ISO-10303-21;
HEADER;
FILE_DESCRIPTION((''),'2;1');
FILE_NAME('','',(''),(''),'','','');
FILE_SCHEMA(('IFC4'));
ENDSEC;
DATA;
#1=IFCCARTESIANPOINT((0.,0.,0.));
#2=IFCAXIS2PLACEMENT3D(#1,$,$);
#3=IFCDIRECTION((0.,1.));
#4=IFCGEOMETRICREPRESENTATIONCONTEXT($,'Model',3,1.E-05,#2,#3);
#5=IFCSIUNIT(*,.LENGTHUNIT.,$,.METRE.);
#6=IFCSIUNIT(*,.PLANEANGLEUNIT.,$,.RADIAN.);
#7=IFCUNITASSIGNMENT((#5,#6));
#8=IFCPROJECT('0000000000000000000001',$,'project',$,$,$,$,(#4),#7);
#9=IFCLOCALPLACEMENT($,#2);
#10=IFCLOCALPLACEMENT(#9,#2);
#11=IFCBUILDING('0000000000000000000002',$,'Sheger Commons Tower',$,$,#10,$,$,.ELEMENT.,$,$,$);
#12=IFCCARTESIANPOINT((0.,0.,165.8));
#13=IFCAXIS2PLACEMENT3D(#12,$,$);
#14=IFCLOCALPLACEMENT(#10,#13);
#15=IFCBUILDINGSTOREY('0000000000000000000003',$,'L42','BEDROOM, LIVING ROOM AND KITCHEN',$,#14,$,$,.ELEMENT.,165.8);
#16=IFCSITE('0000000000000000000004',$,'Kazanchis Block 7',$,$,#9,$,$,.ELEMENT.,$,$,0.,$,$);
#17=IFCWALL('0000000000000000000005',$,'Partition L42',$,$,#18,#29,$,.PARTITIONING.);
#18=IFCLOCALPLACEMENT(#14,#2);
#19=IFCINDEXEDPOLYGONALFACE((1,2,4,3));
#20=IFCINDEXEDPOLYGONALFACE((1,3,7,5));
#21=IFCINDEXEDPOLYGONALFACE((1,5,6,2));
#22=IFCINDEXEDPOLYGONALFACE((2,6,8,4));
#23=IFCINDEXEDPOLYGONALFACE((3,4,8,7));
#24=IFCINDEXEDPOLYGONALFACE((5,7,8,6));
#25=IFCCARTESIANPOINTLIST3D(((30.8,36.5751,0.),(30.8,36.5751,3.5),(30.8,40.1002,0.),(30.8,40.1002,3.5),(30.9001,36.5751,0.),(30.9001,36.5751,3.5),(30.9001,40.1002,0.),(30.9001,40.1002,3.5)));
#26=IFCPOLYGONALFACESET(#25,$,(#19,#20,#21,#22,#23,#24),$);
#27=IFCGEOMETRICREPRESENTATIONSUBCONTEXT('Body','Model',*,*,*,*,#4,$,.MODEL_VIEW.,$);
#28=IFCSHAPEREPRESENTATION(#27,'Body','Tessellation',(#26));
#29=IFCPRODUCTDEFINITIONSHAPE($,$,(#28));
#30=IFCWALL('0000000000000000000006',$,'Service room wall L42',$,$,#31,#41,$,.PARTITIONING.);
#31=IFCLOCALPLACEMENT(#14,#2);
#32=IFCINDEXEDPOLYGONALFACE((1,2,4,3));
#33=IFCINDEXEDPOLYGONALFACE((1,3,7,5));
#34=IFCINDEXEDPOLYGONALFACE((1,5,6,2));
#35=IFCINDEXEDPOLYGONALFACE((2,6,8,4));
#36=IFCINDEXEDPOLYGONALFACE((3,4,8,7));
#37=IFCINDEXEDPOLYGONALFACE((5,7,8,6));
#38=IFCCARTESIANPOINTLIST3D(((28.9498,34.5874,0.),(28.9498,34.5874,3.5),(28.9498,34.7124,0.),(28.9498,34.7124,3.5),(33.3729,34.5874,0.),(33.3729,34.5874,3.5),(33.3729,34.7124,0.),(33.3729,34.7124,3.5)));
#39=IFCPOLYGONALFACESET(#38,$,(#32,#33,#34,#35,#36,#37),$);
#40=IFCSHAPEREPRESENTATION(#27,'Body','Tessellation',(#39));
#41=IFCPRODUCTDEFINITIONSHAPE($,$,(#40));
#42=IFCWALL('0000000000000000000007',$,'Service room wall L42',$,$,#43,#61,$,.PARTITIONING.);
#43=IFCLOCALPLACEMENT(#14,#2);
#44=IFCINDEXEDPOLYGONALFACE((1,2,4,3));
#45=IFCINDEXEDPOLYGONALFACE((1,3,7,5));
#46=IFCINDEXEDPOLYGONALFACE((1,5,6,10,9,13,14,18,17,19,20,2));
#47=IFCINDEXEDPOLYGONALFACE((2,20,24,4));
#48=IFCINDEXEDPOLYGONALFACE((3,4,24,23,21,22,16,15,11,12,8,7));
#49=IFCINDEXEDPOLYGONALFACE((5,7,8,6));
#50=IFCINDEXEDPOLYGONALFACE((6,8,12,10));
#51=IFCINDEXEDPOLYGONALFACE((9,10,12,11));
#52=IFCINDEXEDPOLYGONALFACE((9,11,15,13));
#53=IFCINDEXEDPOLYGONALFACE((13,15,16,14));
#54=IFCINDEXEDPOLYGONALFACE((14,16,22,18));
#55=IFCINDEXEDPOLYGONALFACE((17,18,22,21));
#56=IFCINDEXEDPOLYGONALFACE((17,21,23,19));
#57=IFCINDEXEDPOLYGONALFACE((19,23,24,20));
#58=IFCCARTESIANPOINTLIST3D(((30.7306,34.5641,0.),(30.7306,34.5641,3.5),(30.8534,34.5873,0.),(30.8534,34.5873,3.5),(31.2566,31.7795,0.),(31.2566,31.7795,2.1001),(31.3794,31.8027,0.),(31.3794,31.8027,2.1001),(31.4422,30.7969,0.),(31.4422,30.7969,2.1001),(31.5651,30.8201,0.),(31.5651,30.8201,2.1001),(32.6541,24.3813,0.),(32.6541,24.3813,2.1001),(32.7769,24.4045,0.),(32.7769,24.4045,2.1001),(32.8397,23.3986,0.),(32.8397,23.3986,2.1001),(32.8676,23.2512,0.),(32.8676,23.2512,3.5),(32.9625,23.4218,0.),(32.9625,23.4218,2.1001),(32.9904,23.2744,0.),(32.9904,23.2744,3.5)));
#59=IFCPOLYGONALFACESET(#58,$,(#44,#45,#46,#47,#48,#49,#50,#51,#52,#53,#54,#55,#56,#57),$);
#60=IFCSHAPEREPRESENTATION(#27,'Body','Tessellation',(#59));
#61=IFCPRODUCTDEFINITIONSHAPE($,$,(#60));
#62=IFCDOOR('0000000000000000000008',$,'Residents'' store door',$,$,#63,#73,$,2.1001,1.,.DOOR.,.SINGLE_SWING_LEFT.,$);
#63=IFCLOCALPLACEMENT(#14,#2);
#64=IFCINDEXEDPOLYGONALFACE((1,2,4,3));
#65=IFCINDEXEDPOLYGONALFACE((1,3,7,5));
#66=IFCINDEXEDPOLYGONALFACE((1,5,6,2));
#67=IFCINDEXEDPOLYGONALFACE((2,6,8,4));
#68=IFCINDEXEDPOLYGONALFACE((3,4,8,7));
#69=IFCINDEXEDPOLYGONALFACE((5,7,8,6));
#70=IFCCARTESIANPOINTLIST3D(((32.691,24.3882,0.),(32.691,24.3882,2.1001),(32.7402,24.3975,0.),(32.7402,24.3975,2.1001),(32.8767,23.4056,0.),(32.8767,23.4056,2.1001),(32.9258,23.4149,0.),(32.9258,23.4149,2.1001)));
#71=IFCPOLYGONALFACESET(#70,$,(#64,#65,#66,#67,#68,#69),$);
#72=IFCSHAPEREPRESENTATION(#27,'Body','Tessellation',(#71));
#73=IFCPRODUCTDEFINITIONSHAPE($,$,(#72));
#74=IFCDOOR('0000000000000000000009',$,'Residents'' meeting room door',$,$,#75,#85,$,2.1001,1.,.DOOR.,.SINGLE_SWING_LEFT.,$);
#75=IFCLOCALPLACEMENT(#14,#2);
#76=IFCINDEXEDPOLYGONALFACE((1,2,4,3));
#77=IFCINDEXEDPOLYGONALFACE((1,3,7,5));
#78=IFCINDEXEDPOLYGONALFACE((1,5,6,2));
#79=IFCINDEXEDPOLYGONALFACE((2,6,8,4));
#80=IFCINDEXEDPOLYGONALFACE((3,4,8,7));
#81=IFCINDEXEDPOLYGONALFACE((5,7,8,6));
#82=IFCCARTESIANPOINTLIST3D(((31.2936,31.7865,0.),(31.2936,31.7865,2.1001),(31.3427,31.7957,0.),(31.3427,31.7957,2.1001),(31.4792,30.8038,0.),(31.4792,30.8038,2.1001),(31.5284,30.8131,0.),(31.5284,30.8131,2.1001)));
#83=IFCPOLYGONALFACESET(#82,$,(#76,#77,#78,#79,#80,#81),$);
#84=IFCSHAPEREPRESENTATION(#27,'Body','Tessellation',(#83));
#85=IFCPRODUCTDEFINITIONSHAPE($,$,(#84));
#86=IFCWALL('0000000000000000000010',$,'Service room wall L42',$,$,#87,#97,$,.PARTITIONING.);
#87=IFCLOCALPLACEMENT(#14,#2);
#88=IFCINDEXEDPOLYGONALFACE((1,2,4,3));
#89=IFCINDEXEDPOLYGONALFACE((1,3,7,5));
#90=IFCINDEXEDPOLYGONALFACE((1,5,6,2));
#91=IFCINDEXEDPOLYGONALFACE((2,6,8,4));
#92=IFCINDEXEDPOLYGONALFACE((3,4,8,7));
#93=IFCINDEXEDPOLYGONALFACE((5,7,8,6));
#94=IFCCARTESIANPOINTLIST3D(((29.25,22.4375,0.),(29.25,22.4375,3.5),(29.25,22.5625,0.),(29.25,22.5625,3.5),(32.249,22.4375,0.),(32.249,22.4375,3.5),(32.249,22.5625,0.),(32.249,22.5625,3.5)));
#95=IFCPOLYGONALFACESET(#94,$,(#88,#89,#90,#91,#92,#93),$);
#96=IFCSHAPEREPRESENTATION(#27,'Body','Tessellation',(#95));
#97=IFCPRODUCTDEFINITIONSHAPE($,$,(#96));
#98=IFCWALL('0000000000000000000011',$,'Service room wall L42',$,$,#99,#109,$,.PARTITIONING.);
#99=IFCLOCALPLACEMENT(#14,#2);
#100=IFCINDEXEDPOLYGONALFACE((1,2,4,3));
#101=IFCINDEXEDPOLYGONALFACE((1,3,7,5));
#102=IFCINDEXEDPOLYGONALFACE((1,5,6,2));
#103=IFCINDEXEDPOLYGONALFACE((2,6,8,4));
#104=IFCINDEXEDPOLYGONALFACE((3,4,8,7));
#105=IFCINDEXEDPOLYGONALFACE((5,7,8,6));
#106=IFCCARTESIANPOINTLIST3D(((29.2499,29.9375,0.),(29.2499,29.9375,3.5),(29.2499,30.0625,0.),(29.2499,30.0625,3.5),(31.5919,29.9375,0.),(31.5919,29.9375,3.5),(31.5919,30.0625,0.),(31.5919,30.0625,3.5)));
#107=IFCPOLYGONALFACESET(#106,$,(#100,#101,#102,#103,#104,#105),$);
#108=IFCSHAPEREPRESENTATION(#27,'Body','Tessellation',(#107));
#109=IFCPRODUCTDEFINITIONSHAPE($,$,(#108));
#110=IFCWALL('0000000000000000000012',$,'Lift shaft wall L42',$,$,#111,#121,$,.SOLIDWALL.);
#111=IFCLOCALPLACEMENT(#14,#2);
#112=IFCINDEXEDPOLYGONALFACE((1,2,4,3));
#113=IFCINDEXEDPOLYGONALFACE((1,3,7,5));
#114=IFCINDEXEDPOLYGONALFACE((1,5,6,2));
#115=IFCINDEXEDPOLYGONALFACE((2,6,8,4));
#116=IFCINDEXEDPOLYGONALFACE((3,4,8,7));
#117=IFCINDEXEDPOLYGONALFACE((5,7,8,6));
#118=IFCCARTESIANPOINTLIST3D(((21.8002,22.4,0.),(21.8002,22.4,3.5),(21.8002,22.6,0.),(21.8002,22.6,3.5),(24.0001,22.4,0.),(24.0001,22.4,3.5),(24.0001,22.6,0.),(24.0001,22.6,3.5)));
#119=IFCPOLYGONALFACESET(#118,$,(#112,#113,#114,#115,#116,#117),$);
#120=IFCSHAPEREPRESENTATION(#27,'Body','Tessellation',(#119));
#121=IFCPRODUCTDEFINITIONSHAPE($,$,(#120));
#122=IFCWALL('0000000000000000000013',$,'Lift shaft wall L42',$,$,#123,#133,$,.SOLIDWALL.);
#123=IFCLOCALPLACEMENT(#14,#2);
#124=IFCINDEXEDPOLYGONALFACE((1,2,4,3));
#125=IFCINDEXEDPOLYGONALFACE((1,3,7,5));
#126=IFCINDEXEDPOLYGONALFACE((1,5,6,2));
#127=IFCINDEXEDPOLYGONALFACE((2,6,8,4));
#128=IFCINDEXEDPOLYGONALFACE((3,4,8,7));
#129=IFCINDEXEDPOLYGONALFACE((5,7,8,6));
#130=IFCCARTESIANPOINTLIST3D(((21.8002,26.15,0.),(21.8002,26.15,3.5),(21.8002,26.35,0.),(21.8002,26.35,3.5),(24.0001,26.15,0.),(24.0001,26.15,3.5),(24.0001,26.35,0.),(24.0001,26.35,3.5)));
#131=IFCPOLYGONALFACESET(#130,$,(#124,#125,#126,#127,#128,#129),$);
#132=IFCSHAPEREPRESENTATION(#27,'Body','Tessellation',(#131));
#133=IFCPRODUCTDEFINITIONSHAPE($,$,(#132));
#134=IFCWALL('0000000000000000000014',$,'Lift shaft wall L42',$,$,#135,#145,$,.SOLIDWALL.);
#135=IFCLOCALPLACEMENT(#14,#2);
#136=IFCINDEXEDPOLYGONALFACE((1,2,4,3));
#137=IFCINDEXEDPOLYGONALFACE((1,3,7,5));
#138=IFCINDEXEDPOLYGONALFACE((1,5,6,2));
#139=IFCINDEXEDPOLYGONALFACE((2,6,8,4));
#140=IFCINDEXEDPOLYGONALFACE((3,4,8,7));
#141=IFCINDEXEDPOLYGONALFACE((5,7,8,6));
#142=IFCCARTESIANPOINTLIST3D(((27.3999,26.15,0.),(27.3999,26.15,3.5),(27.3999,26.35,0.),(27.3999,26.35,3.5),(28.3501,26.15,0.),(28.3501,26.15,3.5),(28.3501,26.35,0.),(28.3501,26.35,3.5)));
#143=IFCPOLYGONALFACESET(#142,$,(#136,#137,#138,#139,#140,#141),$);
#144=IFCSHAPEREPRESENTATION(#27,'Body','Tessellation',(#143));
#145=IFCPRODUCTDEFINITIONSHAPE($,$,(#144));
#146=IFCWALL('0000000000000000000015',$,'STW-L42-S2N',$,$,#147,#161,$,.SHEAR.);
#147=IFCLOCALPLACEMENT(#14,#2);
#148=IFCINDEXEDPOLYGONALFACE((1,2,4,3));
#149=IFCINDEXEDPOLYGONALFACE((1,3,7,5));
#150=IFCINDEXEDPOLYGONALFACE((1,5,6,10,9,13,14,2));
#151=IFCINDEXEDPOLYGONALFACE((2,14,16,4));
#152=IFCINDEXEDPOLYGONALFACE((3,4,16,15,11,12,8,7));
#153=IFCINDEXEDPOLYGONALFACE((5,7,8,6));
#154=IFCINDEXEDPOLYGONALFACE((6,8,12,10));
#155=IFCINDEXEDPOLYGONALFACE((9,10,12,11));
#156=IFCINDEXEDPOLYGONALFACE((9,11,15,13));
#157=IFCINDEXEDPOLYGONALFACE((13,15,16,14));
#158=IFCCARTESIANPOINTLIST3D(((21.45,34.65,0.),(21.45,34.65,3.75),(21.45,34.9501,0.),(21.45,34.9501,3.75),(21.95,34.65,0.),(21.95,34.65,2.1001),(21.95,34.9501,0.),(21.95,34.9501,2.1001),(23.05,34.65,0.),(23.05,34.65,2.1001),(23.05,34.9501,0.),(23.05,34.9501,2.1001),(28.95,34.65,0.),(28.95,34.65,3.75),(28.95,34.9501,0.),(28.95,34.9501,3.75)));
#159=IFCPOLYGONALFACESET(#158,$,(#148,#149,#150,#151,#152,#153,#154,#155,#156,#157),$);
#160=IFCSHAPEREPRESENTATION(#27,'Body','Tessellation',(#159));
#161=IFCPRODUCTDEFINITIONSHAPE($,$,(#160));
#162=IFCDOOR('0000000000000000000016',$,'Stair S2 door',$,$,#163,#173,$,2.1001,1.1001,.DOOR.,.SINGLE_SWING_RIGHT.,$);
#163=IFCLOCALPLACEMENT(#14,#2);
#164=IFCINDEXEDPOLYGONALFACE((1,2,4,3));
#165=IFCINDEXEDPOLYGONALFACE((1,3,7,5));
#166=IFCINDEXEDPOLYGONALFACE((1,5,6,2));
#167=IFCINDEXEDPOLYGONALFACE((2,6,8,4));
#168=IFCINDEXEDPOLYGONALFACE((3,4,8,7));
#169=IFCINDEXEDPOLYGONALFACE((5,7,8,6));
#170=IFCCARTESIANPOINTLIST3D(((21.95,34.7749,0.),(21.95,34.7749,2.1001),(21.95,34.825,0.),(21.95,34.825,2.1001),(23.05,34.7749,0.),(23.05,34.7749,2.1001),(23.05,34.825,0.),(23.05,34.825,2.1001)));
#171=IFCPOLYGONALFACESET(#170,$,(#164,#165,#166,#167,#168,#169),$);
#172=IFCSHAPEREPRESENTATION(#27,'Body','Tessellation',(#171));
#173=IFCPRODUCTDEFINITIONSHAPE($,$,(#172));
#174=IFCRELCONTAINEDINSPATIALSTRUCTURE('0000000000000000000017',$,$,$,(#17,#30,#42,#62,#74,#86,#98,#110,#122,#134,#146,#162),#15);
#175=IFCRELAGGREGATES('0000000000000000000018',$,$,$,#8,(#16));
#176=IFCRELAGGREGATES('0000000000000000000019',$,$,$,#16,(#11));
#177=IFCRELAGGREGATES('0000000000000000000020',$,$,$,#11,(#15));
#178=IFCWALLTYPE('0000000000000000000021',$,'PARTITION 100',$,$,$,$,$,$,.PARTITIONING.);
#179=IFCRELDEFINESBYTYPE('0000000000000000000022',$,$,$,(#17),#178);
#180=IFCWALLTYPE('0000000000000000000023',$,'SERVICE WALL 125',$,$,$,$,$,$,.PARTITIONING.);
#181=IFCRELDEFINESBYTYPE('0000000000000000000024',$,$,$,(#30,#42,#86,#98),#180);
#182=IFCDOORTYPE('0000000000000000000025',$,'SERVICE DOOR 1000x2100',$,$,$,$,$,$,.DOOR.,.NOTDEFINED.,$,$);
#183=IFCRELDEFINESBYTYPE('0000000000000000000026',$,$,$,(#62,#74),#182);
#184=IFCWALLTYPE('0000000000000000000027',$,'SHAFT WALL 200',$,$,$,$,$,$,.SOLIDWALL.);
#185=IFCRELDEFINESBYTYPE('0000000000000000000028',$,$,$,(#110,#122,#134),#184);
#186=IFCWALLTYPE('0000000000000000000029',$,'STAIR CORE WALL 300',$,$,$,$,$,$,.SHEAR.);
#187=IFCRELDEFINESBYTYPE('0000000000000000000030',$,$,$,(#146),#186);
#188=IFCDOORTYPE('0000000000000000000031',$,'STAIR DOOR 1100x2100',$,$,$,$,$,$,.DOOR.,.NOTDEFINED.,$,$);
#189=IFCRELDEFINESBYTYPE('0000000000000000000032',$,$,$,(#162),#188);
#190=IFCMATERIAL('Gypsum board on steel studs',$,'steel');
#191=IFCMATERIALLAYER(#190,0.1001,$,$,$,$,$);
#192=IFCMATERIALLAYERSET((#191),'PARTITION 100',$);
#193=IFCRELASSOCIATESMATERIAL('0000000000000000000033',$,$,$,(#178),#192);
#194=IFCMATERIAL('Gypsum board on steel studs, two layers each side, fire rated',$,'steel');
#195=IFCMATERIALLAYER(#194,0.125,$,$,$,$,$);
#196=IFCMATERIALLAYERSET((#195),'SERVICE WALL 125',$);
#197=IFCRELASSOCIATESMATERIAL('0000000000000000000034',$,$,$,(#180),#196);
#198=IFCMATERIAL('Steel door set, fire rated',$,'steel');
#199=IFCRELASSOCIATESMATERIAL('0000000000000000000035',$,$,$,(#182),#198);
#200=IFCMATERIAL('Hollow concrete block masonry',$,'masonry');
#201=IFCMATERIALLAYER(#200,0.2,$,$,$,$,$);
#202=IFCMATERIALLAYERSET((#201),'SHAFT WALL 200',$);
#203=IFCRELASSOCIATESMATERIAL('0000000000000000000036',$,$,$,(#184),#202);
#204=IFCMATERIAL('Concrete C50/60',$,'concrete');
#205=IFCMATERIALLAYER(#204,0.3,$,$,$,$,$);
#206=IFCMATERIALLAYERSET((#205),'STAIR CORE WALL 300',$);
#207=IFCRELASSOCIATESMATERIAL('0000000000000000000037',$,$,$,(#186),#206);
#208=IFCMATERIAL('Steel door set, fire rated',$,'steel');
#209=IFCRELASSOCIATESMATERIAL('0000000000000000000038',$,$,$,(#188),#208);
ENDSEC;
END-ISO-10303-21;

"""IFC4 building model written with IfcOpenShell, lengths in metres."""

from ifc_helpers import new_model, si_unit, direction, frame, frame_2d, origin, place, context, subcontext, project, spatial, rectangle, extrude, material, layer, layer_set, type_object, element, fill, save


model = new_model("IFC4")

# Units and contexts
model_context = context("Model", 3, precision=1e-05, world=origin(), true_north=direction((0.0, 1.0)))
body_context = subcontext(model_context, "Body", "Model", "MODEL_VIEW")
ifc_project = project(units=[si_unit("LENGTHUNIT", "METRE"), si_unit("PLANEANGLEUNIT", "RADIAN")], contexts=[model_context])

# Site, building, storey
site_placement = place(None, origin())
site = spatial("IfcSite", under=ifc_project, at=site_placement, Name="Kazanchis Block 7", CompositionType="ELEMENT", RefElevation=0.0)
building_placement = place(site_placement, origin())
building = spatial("IfcBuilding", under=site, at=building_placement, Name="Sheger Commons Tower", CompositionType="ELEMENT")
storey_placement = place(building_placement, frame((0.0, 0.0, 165.8)))
storey = spatial("IfcBuildingStorey", under=building, at=storey_placement, Name="L42", Description="BEDROOM, LIVING ROOM AND KITCHEN", CompositionType="ELEMENT", Elevation=165.8)

# Walls
ifc_material_1 = material(Name="Gypsum board on steel studs", Category="steel")
ifc_layer_1 = layer(ifc_material_1, 0.1001)
ifc_layer_set_1 = layer_set([ifc_layer_1], Name="PARTITION 100")
wall_type_1 = type_object("IfcWallType", Name="PARTITION 100", PredefinedType="PARTITIONING", material=ifc_layer_set_1)
for number, where, z_axis, x_axis, name in (
    (1, (30.8501, 36.575, 0.0), (0.0, 0.0, 1.0), (0.0, 1.0, 0.0), "Partition L42"),
):
    element("IfcWall", number, at=place(storey_placement, frame(where, z_axis=z_axis, x_axis=x_axis)), inside=storey, type_object=wall_type_1, Name=name, PredefinedType="PARTITIONING", context=body_context, shape_type="SweptSolid", body=[
        extrude(rectangle(XDim=3.5251, YDim=0.1001, at=frame_2d((1.7627, 0.0))), origin(), (0.0, 0.0, 1.0), 3.5),
    ])
ifc_material_2 = material(Name="Gypsum board on steel studs, two layers each side, fire rated", Category="steel")
ifc_layer_2 = layer(ifc_material_2, 0.125)
ifc_layer_set_2 = layer_set([ifc_layer_2], Name="SERVICE WALL 125")
wall_type_2 = type_object("IfcWallType", Name="SERVICE WALL 125", PredefinedType="PARTITIONING", material=ifc_layer_set_2)
wall_1_placement = place(storey_placement, frame((28.95, 34.6499, 0.0), z_axis=(0.0, 0.0, 1.0), x_axis=(1.0, 0.0, 0.0)))
element("IfcWall", 2, at=wall_1_placement, inside=storey, type_object=wall_type_2, Name="Service room wall L42", PredefinedType="PARTITIONING", context=body_context, shape_type="SweptSolid", body=[
    extrude(rectangle(XDim=4.4231, YDim=0.125, at=frame_2d((2.2114, 0.0))), origin(), (0.0, 0.0, 1.0), 3.5),
])

# Wall, openings, doors
wall_2_placement = place(storey_placement, frame((32.929, 23.2629, 0.0), z_axis=(0.0, 0.0, 1.0), x_axis=(-0.185612, 0.982623, 0.0)))
wall_2 = element("IfcWall", 3, at=wall_2_placement, inside=storey, type_object=wall_type_2, Name="Service room wall L42", PredefinedType="PARTITIONING", context=body_context, shape_type="SweptSolid", body=[
    extrude(rectangle(XDim=11.5129, YDim=0.125, at=frame_2d((5.7563, 0.0))), origin(), (0.0, 0.0, 1.0), 3.5),
])
opening_1_placement = place(wall_2_placement, frame((0.1499, 0.0, 0.0)))
opening_1 = element("IfcOpeningElement", 4, at=opening_1_placement, cuts=wall_2, PredefinedType="OPENING", context=body_context, shape_type="SweptSolid", body=[
    extrude(rectangle(XDim=1.0, YDim=2.1001, at=frame_2d((0.5, 1.05))), frame((0.0, 0.0725, 0.0), z_axis=(0.0, -1.0, 0.0), x_axis=(1.0, 0.0, 0.0)), (0.0, 0.0, 1.0), 0.145),
])
opening_2_placement = place(wall_2_placement, frame((7.679, 0.0, 0.0)))
opening_2 = element("IfcOpeningElement", 5, at=opening_2_placement, cuts=wall_2, PredefinedType="OPENING", context=body_context, shape_type="SweptSolid", body=[
    extrude(rectangle(XDim=1.0, YDim=2.1001, at=frame_2d((0.5, 1.05))), frame((0.0, 0.0725, 0.0), z_axis=(0.0, -1.0, 0.0), x_axis=(1.0, 0.0, 0.0)), (0.0, 0.0, 1.0), 0.145),
])
ifc_material_3 = material(Name="Steel door set, fire rated", Category="steel")
door_type_1 = type_object("IfcDoorType", Name="SERVICE DOOR 1000x2100", OperationType="NOTDEFINED", PredefinedType="DOOR", material=ifc_material_3)
door_1_placement = place(opening_1_placement, origin())
door_1 = element("IfcDoor", 6, at=door_1_placement, inside=storey, type_object=door_type_1, Name="Residents' store door", OperationType="SINGLE_SWING_LEFT", OverallHeight=2.1001, OverallWidth=1.0, PredefinedType="DOOR", context=body_context, shape_type="SweptSolid", body=[
    extrude(rectangle(XDim=1.0, YDim=2.1001, at=frame_2d((0.5, 1.05))), frame((0.0, 0.0249, 0.0), z_axis=(0.0, -1.0, 0.0), x_axis=(1.0, 0.0, 0.0)), (0.0, 0.0, 1.0), 0.05),
])
fill(opening_1, door_1)
door_2_placement = place(opening_2_placement, origin())
door_2 = element("IfcDoor", 7, at=door_2_placement, inside=storey, type_object=door_type_1, Name="Residents' meeting room door", OperationType="SINGLE_SWING_LEFT", OverallHeight=2.1001, OverallWidth=1.0, PredefinedType="DOOR", context=body_context, shape_type="SweptSolid", body=[
    extrude(rectangle(XDim=1.0, YDim=2.1001, at=frame_2d((0.5, 1.05))), frame((0.0, 0.0249, 0.0), z_axis=(0.0, -1.0, 0.0), x_axis=(1.0, 0.0, 0.0)), (0.0, 0.0, 1.0), 0.05),
])
fill(opening_2, door_2)

# Walls
wall_3_placement = place(storey_placement, frame((29.25, 22.5, 0.0), z_axis=(0.0, 0.0, 1.0), x_axis=(1.0, 0.0, 0.0)))
element("IfcWall", 8, at=wall_3_placement, inside=storey, type_object=wall_type_2, Name="Service room wall L42", PredefinedType="PARTITIONING", context=body_context, shape_type="SweptSolid", body=[
    extrude(rectangle(XDim=2.999, YDim=0.125, at=frame_2d((1.4995, 0.0))), origin(), (0.0, 0.0, 1.0), 3.5),
])
wall_4_placement = place(storey_placement, frame((29.25, 30.0, 0.0), z_axis=(0.0, 0.0, 1.0), x_axis=(1.0, 0.0, 0.0)))
element("IfcWall", 9, at=wall_4_placement, inside=storey, type_object=wall_type_2, Name="Service room wall L42", PredefinedType="PARTITIONING", context=body_context, shape_type="SweptSolid", body=[
    extrude(rectangle(XDim=2.342, YDim=0.125, at=frame_2d((1.1709, 0.0))), origin(), (0.0, 0.0, 1.0), 3.5),
])
ifc_material_4 = material(Name="Hollow concrete block masonry", Category="masonry")
ifc_layer_3 = layer(ifc_material_4, 0.2)
ifc_layer_set_3 = layer_set([ifc_layer_3], Name="SHAFT WALL 200")
wall_type_3 = type_object("IfcWallType", Name="SHAFT WALL 200", PredefinedType="SOLIDWALL", material=ifc_layer_set_3)
for number, where, z_axis, x_axis, name in (
    (10, (21.8, 22.5, 0.0), (0.0, 0.0, 1.0), (1.0, 0.0, 0.0), "Lift shaft wall L42"),
    (11, (21.8, 26.25, 0.0), (0.0, 0.0, 1.0), (1.0, 0.0, 0.0), "Lift shaft wall L42"),
):
    element("IfcWall", number, at=place(storey_placement, frame(where, z_axis=z_axis, x_axis=x_axis)), inside=storey, type_object=wall_type_3, Name=name, PredefinedType="SOLIDWALL", context=body_context, shape_type="SweptSolid", body=[
        extrude(rectangle(XDim=2.2, YDim=0.2, at=frame_2d((1.1001, 0.0))), origin(), (0.0, 0.0, 1.0), 3.5),
    ])
wall_5_placement = place(storey_placement, frame((27.3999, 26.25, 0.0), z_axis=(0.0, 0.0, 1.0), x_axis=(1.0, 0.0, 0.0)))
element("IfcWall", 12, at=wall_5_placement, inside=storey, type_object=wall_type_3, Name="Lift shaft wall L42", PredefinedType="SOLIDWALL", context=body_context, shape_type="SweptSolid", body=[
    extrude(rectangle(XDim=0.9502, YDim=0.2, at=frame_2d((0.4751, 0.0))), origin(), (0.0, 0.0, 1.0), 3.5),
])

# Wall, opening, door
ifc_material_5 = material(Name="Concrete C50/60", Category="concrete")
ifc_layer_4 = layer(ifc_material_5, 0.3)
ifc_layer_set_4 = layer_set([ifc_layer_4], Name="STAIR CORE WALL 300")
wall_type_4 = type_object("IfcWallType", Name="STAIR CORE WALL 300", PredefinedType="SHEAR", material=ifc_layer_set_4)
wall_6_placement = place(storey_placement, frame((21.45, 34.8, 0.0), z_axis=(0.0, 0.0, 1.0), x_axis=(1.0, 0.0, 0.0)))
wall_6 = element("IfcWall", 13, at=wall_6_placement, inside=storey, type_object=wall_type_4, Name="STW-L42-S2N", PredefinedType="SHEAR", context=body_context, shape_type="SweptSolid", body=[
    extrude(rectangle(XDim=7.5, YDim=0.3, at=frame_2d((3.75, 0.0))), origin(), (0.0, 0.0, 1.0), 3.75),
])
opening_3_placement = place(wall_6_placement, frame((0.5, 0.0, 0.0)))
opening_3 = element("IfcOpeningElement", 14, at=opening_3_placement, cuts=wall_6, PredefinedType="OPENING", context=body_context, shape_type="SweptSolid", body=[
    extrude(rectangle(XDim=1.1001, YDim=2.1001, at=frame_2d((0.55, 1.05))), frame((0.0, 0.1599, 0.0), z_axis=(0.0, -1.0, 0.0), x_axis=(1.0, 0.0, 0.0)), (0.0, 0.0, 1.0), 0.3201),
])
ifc_material_6 = material(Name="Steel door set, fire rated", Category="steel")
door_type_2 = type_object("IfcDoorType", Name="STAIR DOOR 1100x2100", OperationType="NOTDEFINED", PredefinedType="DOOR", material=ifc_material_6)
door_3_placement = place(opening_3_placement, origin())
door_3 = element("IfcDoor", 15, at=door_3_placement, inside=storey, type_object=door_type_2, Name="Stair S2 door", OperationType="SINGLE_SWING_RIGHT", OverallHeight=2.1001, OverallWidth=1.1001, PredefinedType="DOOR", context=body_context, shape_type="SweptSolid", body=[
    extrude(rectangle(XDim=1.1001, YDim=2.1001, at=frame_2d((0.55, 1.05))), frame((0.0, 0.0249, 0.0), z_axis=(0.0, -1.0, 0.0), x_axis=(1.0, 0.0, 0.0)), (0.0, 0.0, 1.0), 0.05),
])
fill(opening_3, door_3)

save(model, "model.ifc")
